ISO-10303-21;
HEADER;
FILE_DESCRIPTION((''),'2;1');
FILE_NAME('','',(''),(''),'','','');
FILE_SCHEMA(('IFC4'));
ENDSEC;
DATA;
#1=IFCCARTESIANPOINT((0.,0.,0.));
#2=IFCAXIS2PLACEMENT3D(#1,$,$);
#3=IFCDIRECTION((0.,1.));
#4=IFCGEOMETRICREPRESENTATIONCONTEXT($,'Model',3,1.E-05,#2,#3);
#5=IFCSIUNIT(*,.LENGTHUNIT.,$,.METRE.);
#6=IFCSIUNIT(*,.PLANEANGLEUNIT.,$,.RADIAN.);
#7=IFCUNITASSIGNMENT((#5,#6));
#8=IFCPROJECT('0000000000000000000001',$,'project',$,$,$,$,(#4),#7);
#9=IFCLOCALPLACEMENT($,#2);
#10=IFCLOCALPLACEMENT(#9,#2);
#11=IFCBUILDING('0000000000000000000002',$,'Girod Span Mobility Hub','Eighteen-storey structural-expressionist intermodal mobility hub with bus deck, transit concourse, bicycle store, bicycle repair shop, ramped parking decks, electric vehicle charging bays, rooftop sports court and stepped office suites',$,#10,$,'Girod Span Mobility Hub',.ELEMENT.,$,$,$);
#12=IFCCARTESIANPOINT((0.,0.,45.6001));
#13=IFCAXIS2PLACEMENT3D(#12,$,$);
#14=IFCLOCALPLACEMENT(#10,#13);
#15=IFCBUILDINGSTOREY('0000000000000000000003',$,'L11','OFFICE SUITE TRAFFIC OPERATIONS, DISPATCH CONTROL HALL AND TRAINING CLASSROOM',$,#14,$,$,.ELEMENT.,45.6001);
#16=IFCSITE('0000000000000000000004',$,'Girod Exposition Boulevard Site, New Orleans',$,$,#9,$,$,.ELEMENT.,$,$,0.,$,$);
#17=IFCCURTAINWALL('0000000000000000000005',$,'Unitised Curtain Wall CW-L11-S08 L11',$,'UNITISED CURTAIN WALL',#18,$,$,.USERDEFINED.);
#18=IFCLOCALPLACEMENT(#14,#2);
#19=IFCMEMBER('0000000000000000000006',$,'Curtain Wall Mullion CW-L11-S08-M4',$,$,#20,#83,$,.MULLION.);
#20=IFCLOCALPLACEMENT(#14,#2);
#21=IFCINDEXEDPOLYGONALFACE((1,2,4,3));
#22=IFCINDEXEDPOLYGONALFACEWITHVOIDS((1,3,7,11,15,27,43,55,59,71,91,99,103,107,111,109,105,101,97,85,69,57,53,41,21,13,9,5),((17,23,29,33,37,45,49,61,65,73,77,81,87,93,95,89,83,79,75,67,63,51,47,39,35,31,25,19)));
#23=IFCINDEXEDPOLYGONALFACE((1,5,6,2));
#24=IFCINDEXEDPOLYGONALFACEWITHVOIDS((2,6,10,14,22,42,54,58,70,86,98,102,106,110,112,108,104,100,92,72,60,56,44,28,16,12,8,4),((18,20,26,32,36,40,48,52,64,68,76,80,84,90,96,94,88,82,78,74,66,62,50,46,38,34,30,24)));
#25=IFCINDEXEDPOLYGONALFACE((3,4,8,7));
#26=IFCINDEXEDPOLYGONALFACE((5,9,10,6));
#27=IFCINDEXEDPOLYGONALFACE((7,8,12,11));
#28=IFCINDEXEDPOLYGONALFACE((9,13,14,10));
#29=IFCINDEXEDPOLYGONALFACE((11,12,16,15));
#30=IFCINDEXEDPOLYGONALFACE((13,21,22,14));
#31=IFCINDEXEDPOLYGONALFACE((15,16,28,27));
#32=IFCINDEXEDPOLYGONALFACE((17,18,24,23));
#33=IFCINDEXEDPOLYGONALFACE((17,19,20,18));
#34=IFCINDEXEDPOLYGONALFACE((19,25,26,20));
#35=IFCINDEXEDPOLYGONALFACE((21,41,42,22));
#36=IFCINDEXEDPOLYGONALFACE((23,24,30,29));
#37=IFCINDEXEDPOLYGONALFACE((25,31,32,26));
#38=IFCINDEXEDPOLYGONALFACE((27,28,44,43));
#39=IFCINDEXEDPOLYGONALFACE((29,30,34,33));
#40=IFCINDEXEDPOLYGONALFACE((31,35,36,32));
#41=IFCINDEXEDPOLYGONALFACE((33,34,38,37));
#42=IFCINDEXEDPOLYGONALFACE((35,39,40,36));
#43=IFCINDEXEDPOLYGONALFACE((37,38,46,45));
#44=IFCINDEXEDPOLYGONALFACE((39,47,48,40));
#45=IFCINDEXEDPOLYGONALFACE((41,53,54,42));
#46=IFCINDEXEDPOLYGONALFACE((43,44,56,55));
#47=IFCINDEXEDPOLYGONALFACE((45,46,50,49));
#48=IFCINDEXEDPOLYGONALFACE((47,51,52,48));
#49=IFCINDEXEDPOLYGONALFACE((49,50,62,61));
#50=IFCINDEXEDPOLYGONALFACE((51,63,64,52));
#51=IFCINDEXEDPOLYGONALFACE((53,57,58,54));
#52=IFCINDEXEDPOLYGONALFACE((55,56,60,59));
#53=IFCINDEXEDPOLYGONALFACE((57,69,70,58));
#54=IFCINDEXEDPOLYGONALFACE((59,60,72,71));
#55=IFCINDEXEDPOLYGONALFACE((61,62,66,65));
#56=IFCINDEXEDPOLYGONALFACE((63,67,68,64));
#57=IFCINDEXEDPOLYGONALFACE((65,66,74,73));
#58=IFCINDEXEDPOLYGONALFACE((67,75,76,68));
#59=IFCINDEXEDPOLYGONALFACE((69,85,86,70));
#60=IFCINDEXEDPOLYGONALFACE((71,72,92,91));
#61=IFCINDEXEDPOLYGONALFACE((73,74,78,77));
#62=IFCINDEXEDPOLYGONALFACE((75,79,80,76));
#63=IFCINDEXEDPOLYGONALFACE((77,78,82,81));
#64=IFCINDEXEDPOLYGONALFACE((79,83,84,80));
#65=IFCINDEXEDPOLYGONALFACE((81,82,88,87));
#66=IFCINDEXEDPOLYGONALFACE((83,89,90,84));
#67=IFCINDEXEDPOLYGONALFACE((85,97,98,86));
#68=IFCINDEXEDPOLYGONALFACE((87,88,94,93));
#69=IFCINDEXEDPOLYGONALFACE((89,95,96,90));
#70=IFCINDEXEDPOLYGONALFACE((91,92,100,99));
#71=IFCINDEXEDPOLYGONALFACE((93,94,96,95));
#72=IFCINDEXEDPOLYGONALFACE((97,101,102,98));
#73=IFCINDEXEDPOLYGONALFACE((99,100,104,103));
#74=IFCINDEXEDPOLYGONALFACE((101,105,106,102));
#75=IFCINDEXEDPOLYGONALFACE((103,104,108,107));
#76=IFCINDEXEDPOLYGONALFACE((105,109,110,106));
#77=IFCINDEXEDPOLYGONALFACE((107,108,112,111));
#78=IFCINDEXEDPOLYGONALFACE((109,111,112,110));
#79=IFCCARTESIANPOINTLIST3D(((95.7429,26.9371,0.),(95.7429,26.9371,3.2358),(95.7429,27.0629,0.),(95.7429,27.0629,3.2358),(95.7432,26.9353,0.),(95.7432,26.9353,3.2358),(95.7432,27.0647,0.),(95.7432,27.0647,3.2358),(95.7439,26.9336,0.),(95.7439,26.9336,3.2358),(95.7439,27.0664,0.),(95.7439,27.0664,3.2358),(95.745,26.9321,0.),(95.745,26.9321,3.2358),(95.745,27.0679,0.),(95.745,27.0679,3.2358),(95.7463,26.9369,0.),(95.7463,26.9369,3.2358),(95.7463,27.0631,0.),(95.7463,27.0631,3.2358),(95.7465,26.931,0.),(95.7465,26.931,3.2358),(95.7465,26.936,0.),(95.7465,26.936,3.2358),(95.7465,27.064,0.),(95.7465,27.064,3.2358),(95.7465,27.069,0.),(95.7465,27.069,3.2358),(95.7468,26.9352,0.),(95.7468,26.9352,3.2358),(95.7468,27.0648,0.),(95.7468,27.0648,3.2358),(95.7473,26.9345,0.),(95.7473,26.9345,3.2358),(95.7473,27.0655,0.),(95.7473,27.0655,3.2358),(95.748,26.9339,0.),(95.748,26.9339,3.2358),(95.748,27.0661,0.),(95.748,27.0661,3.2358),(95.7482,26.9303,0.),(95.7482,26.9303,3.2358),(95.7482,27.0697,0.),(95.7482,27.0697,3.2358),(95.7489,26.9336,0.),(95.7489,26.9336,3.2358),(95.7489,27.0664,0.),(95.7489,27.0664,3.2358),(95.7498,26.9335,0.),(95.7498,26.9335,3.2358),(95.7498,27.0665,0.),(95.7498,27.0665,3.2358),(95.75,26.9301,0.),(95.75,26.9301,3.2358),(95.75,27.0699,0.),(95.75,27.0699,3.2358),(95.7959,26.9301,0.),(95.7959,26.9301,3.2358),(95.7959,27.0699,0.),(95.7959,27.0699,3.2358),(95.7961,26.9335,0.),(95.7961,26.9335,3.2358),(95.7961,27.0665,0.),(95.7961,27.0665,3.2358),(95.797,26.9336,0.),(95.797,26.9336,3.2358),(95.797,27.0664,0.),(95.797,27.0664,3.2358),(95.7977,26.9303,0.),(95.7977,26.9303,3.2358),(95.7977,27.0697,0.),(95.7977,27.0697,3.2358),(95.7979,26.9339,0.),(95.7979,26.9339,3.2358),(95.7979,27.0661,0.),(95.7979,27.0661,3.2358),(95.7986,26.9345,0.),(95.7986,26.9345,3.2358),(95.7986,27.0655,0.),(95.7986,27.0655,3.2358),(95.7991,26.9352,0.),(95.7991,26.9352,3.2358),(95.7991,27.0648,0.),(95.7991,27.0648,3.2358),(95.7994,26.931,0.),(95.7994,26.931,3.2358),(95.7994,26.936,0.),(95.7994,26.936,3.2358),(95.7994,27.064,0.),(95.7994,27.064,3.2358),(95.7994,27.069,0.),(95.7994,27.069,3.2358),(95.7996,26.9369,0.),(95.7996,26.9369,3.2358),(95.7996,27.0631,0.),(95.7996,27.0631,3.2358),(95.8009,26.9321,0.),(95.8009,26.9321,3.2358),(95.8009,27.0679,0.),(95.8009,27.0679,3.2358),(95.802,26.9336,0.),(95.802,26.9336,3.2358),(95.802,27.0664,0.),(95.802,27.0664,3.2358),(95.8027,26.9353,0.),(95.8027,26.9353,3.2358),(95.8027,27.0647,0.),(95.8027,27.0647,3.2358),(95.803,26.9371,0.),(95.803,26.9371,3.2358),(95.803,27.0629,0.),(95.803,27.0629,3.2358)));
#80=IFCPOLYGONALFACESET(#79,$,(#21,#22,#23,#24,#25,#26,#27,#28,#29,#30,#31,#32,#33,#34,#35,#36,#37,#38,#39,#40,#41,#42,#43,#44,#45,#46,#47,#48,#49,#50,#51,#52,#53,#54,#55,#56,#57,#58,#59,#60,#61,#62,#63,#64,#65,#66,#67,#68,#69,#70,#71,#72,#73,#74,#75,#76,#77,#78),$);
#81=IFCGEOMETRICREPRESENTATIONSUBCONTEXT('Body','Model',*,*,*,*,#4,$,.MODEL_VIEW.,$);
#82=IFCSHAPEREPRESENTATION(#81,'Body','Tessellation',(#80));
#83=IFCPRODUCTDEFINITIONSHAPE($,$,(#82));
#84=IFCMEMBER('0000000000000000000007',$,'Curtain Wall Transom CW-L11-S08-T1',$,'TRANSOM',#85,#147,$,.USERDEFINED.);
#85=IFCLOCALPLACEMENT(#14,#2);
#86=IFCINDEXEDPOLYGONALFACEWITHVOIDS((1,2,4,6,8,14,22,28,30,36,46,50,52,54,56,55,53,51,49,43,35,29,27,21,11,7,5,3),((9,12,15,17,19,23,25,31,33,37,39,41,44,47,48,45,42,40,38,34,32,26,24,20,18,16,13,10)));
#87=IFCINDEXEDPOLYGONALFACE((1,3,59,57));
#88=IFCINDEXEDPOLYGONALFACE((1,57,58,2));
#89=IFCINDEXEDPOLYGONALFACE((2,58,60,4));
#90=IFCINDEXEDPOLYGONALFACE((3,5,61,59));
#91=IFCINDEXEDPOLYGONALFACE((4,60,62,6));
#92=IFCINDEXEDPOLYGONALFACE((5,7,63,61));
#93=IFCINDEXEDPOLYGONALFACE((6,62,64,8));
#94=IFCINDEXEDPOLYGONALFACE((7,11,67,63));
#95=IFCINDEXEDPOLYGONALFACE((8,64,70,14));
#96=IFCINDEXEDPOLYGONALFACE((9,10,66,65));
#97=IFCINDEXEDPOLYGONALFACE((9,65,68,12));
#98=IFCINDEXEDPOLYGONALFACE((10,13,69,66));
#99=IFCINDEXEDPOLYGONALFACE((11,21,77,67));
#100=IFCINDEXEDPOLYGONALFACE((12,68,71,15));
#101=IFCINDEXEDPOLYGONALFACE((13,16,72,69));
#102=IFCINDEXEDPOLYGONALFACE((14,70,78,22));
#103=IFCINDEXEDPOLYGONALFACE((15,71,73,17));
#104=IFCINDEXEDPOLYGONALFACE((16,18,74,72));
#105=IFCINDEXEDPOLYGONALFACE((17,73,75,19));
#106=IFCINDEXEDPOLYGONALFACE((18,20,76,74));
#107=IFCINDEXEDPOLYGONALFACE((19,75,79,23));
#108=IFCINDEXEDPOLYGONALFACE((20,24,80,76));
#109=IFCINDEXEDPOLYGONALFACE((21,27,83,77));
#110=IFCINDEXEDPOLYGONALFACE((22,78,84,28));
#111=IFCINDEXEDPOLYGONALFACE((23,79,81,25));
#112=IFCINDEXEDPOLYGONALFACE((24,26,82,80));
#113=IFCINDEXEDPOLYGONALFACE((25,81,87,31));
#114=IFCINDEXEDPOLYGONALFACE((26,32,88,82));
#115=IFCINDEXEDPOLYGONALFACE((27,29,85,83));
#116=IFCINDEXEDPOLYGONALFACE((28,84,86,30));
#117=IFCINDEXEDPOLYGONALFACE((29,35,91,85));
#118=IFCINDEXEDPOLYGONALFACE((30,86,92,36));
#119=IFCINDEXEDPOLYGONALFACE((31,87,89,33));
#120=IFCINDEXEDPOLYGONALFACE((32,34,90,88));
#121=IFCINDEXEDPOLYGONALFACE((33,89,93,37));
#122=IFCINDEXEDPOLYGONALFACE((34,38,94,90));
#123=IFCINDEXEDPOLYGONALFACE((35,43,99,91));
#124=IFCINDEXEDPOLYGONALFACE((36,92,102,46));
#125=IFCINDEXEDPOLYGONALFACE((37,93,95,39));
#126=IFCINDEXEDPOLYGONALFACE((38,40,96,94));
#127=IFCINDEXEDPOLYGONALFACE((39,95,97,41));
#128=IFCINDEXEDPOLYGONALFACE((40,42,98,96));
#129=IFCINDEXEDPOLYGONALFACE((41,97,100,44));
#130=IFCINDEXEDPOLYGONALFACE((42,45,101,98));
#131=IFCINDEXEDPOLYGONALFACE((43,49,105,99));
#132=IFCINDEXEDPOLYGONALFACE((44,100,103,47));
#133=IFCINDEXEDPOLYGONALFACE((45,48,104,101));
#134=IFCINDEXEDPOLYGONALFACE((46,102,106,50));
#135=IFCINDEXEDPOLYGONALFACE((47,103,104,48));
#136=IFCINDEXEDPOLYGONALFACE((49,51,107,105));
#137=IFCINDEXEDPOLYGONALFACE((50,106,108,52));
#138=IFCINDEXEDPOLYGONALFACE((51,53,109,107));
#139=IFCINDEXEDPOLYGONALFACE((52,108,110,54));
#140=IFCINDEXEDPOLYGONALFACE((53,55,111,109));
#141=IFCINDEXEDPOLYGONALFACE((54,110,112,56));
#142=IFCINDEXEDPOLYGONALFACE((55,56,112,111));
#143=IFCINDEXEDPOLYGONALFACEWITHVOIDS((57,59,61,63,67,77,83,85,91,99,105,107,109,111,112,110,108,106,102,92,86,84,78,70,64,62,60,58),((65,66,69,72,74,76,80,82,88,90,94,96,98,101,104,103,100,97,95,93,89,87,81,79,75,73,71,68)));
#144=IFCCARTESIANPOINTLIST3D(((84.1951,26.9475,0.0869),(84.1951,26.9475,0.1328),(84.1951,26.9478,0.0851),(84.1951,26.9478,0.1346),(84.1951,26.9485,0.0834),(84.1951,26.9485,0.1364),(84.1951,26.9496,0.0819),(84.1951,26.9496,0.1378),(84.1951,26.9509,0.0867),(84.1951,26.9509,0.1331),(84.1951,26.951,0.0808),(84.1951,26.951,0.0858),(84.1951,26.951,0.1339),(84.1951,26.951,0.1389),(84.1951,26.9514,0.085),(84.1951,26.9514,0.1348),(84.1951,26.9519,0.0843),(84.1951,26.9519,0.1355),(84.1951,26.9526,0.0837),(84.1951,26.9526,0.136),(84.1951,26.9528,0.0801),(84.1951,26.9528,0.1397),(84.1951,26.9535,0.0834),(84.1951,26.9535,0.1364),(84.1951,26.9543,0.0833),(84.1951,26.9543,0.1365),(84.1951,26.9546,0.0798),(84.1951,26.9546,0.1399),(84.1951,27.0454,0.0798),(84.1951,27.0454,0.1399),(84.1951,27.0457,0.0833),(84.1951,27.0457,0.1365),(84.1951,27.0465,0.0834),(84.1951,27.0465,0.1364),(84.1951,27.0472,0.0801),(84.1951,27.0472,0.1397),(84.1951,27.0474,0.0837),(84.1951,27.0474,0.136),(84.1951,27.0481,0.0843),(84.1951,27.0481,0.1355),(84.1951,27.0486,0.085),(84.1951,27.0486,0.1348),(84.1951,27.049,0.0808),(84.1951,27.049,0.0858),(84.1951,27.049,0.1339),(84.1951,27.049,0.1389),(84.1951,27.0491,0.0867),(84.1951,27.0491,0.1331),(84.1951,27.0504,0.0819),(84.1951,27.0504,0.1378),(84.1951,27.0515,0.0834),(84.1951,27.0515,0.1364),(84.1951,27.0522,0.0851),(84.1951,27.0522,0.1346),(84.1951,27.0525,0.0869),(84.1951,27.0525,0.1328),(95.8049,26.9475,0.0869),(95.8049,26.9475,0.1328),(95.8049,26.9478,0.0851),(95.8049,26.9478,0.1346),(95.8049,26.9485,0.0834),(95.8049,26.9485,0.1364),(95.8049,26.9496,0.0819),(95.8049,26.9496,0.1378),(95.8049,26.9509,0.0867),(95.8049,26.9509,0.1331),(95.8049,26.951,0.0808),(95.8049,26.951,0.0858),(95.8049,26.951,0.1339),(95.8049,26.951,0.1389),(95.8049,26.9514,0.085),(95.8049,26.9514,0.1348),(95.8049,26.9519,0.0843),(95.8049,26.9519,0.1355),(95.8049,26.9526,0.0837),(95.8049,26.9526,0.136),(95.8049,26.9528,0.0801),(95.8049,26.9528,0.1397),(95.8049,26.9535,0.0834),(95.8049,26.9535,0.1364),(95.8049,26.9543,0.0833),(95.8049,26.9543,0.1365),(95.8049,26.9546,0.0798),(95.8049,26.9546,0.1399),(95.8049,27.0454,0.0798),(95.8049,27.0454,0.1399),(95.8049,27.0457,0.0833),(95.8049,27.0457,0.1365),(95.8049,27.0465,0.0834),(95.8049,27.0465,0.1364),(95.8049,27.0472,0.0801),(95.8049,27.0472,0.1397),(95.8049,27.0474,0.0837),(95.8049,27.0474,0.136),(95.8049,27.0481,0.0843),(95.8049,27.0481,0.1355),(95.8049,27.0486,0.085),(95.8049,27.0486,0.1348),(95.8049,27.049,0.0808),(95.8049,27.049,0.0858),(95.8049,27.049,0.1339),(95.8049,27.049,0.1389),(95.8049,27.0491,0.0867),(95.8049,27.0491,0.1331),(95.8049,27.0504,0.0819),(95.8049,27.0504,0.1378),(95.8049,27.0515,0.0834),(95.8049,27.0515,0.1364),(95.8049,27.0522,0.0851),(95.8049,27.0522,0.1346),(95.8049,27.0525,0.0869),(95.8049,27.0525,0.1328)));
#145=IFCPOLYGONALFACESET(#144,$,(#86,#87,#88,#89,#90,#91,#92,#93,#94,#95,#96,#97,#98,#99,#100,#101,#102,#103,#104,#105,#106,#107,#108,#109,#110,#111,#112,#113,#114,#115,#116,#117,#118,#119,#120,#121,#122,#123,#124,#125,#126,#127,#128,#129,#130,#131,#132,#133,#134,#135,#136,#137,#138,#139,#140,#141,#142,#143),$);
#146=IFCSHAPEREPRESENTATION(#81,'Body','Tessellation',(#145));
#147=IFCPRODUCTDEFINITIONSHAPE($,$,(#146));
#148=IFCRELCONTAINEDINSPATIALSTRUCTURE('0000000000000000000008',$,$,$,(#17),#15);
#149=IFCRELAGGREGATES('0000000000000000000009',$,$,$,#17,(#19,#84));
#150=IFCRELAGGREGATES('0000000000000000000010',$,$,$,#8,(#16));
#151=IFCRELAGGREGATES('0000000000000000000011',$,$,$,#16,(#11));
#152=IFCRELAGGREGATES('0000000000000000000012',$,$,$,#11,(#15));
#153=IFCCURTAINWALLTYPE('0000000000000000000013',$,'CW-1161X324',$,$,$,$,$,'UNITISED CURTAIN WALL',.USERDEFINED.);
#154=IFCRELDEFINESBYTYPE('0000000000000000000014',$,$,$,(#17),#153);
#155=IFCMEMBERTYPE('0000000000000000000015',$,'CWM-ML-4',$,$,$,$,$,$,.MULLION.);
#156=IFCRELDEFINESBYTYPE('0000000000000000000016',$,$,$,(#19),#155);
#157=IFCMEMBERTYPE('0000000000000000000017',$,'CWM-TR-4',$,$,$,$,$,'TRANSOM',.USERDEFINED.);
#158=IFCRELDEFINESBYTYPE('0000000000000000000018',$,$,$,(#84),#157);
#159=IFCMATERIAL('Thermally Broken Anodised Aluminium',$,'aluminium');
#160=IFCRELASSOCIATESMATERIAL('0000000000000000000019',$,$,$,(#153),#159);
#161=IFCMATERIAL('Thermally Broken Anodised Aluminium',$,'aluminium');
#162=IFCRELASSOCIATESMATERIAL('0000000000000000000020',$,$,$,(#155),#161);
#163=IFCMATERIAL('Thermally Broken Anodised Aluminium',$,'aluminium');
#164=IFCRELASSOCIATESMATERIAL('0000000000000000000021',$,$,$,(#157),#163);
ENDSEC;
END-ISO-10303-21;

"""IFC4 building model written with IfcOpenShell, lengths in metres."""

from ifc_helpers import new_model, si_unit, direction, frame, origin, origin_2d, place, context, subcontext, project, spatial, hollow_rectangle, extrude, material, material_profile, profile_set, type_object, element, aggregate, save


model = new_model("IFC4")

# Units and contexts
model_context = context("Model", 3, precision=1e-05, world=origin(), true_north=direction((0.0, 1.0)))
body_context = subcontext(model_context, "Body", "Model", "MODEL_VIEW")
ifc_project = project(units=[si_unit("LENGTHUNIT", "METRE"), si_unit("PLANEANGLEUNIT", "RADIAN")], contexts=[model_context])

# Site, building, storey
site_placement = place(None, origin())
site = spatial("IfcSite", under=ifc_project, at=site_placement, Name="Girod Exposition Boulevard Site, New Orleans", CompositionType="ELEMENT", RefElevation=0.0)
building_placement = place(site_placement, origin())
building = spatial("IfcBuilding", under=site, at=building_placement, Name="Girod Span Mobility Hub", Description="Eighteen-storey structural-expressionist intermodal mobility hub with bus deck, transit concourse, bicycle store, bicycle repair shop, ramped parking decks, electric vehicle charging bays, rooftop sports court and stepped office suites", LongName="Girod Span Mobility Hub", CompositionType="ELEMENT")
storey_placement = place(building_placement, frame((0.0, 0.0, 45.6001)))
storey = spatial("IfcBuildingStorey", under=building, at=storey_placement, Name="L11", Description="OFFICE SUITE TRAFFIC OPERATIONS, DISPATCH CONTROL HALL AND TRAINING CLASSROOM", CompositionType="ELEMENT", Elevation=45.6001)

# Curtain wall, members
ifc_material_1 = material(Name="Thermally Broken Anodised Aluminium", Category="aluminium")
curtain_wall_type = type_object("IfcCurtainWallType", Name="CW-1161X324", ElementType="UNITISED CURTAIN WALL", PredefinedType="USERDEFINED", material=ifc_material_1)
curtain_wall_placement = place(storey_placement, origin())
curtain_wall = element("IfcCurtainWall", 1, at=curtain_wall_placement, inside=storey, type_object=curtain_wall_type, Name="Unitised Curtain Wall CW-L11-S08 L11", ObjectType="UNITISED CURTAIN WALL", PredefinedType="USERDEFINED")
ifc_material_2 = material(Name="Thermally Broken Anodised Aluminium", Category="aluminium")
ifc_material_profile_1 = material_profile(ifc_material_2, hollow_rectangle(XDim=0.1399, YDim=0.0601, WallThickness=0.0034, InnerFilletRadius=0.0034, OuterFilletRadius=0.0071, at=origin_2d()), Name="CW-ML-60X140")
ifc_profile_set_1 = profile_set([ifc_material_profile_1], Name="Thermally Broken Anodised Aluminium")
member_type_1 = type_object("IfcMemberType", Name="CWM-ML-4", PredefinedType="MULLION", material=ifc_profile_set_1)
member_1_placement = place(storey_placement, frame((95.7729, 27.0, 0.0), z_axis=(0.0, 0.0, 1.0), x_axis=(0.0, 1.0, 0.0)))
member_1 = element("IfcMember", 2, at=member_1_placement, type_object=member_type_1, Name="Curtain Wall Mullion CW-L11-S08-M4", PredefinedType="MULLION", context=body_context, shape_type="SweptSolid", body=[
    extrude(hollow_rectangle(XDim=0.1399, YDim=0.0601, WallThickness=0.0034, InnerFilletRadius=0.0034, OuterFilletRadius=0.0071, at=origin_2d()), origin(), (0.0, 0.0, 1.0), 3.2358),
])
ifc_material_3 = material(Name="Thermally Broken Anodised Aluminium", Category="aluminium")
ifc_material_profile_2 = material_profile(ifc_material_3, hollow_rectangle(XDim=0.105, YDim=0.0601, WallThickness=0.0034, InnerFilletRadius=0.0034, OuterFilletRadius=0.0071, at=origin_2d()), Name="CW-TR-60X105")
ifc_profile_set_2 = profile_set([ifc_material_profile_2], Name="Thermally Broken Anodised Aluminium")
member_type_2 = type_object("IfcMemberType", Name="CWM-TR-4", ElementType="TRANSOM", PredefinedType="USERDEFINED", material=ifc_profile_set_2)
member_2_placement = place(storey_placement, frame((84.1951, 27.0, 0.1099), z_axis=(1.0, 0.0, 0.0), x_axis=(0.0, 1.0, 0.0)))
member_2 = element("IfcMember", 3, at=member_2_placement, type_object=member_type_2, Name="Curtain Wall Transom CW-L11-S08-T1", ObjectType="TRANSOM", PredefinedType="USERDEFINED", context=body_context, shape_type="SweptSolid", body=[
    extrude(hollow_rectangle(XDim=0.105, YDim=0.0601, WallThickness=0.0034, InnerFilletRadius=0.0034, OuterFilletRadius=0.0071, at=origin_2d()), origin(), (0.0, 0.0, 1.0), 11.6099),
])

aggregate(curtain_wall, [member_1, member_2])

save(model, "model.ifc")
